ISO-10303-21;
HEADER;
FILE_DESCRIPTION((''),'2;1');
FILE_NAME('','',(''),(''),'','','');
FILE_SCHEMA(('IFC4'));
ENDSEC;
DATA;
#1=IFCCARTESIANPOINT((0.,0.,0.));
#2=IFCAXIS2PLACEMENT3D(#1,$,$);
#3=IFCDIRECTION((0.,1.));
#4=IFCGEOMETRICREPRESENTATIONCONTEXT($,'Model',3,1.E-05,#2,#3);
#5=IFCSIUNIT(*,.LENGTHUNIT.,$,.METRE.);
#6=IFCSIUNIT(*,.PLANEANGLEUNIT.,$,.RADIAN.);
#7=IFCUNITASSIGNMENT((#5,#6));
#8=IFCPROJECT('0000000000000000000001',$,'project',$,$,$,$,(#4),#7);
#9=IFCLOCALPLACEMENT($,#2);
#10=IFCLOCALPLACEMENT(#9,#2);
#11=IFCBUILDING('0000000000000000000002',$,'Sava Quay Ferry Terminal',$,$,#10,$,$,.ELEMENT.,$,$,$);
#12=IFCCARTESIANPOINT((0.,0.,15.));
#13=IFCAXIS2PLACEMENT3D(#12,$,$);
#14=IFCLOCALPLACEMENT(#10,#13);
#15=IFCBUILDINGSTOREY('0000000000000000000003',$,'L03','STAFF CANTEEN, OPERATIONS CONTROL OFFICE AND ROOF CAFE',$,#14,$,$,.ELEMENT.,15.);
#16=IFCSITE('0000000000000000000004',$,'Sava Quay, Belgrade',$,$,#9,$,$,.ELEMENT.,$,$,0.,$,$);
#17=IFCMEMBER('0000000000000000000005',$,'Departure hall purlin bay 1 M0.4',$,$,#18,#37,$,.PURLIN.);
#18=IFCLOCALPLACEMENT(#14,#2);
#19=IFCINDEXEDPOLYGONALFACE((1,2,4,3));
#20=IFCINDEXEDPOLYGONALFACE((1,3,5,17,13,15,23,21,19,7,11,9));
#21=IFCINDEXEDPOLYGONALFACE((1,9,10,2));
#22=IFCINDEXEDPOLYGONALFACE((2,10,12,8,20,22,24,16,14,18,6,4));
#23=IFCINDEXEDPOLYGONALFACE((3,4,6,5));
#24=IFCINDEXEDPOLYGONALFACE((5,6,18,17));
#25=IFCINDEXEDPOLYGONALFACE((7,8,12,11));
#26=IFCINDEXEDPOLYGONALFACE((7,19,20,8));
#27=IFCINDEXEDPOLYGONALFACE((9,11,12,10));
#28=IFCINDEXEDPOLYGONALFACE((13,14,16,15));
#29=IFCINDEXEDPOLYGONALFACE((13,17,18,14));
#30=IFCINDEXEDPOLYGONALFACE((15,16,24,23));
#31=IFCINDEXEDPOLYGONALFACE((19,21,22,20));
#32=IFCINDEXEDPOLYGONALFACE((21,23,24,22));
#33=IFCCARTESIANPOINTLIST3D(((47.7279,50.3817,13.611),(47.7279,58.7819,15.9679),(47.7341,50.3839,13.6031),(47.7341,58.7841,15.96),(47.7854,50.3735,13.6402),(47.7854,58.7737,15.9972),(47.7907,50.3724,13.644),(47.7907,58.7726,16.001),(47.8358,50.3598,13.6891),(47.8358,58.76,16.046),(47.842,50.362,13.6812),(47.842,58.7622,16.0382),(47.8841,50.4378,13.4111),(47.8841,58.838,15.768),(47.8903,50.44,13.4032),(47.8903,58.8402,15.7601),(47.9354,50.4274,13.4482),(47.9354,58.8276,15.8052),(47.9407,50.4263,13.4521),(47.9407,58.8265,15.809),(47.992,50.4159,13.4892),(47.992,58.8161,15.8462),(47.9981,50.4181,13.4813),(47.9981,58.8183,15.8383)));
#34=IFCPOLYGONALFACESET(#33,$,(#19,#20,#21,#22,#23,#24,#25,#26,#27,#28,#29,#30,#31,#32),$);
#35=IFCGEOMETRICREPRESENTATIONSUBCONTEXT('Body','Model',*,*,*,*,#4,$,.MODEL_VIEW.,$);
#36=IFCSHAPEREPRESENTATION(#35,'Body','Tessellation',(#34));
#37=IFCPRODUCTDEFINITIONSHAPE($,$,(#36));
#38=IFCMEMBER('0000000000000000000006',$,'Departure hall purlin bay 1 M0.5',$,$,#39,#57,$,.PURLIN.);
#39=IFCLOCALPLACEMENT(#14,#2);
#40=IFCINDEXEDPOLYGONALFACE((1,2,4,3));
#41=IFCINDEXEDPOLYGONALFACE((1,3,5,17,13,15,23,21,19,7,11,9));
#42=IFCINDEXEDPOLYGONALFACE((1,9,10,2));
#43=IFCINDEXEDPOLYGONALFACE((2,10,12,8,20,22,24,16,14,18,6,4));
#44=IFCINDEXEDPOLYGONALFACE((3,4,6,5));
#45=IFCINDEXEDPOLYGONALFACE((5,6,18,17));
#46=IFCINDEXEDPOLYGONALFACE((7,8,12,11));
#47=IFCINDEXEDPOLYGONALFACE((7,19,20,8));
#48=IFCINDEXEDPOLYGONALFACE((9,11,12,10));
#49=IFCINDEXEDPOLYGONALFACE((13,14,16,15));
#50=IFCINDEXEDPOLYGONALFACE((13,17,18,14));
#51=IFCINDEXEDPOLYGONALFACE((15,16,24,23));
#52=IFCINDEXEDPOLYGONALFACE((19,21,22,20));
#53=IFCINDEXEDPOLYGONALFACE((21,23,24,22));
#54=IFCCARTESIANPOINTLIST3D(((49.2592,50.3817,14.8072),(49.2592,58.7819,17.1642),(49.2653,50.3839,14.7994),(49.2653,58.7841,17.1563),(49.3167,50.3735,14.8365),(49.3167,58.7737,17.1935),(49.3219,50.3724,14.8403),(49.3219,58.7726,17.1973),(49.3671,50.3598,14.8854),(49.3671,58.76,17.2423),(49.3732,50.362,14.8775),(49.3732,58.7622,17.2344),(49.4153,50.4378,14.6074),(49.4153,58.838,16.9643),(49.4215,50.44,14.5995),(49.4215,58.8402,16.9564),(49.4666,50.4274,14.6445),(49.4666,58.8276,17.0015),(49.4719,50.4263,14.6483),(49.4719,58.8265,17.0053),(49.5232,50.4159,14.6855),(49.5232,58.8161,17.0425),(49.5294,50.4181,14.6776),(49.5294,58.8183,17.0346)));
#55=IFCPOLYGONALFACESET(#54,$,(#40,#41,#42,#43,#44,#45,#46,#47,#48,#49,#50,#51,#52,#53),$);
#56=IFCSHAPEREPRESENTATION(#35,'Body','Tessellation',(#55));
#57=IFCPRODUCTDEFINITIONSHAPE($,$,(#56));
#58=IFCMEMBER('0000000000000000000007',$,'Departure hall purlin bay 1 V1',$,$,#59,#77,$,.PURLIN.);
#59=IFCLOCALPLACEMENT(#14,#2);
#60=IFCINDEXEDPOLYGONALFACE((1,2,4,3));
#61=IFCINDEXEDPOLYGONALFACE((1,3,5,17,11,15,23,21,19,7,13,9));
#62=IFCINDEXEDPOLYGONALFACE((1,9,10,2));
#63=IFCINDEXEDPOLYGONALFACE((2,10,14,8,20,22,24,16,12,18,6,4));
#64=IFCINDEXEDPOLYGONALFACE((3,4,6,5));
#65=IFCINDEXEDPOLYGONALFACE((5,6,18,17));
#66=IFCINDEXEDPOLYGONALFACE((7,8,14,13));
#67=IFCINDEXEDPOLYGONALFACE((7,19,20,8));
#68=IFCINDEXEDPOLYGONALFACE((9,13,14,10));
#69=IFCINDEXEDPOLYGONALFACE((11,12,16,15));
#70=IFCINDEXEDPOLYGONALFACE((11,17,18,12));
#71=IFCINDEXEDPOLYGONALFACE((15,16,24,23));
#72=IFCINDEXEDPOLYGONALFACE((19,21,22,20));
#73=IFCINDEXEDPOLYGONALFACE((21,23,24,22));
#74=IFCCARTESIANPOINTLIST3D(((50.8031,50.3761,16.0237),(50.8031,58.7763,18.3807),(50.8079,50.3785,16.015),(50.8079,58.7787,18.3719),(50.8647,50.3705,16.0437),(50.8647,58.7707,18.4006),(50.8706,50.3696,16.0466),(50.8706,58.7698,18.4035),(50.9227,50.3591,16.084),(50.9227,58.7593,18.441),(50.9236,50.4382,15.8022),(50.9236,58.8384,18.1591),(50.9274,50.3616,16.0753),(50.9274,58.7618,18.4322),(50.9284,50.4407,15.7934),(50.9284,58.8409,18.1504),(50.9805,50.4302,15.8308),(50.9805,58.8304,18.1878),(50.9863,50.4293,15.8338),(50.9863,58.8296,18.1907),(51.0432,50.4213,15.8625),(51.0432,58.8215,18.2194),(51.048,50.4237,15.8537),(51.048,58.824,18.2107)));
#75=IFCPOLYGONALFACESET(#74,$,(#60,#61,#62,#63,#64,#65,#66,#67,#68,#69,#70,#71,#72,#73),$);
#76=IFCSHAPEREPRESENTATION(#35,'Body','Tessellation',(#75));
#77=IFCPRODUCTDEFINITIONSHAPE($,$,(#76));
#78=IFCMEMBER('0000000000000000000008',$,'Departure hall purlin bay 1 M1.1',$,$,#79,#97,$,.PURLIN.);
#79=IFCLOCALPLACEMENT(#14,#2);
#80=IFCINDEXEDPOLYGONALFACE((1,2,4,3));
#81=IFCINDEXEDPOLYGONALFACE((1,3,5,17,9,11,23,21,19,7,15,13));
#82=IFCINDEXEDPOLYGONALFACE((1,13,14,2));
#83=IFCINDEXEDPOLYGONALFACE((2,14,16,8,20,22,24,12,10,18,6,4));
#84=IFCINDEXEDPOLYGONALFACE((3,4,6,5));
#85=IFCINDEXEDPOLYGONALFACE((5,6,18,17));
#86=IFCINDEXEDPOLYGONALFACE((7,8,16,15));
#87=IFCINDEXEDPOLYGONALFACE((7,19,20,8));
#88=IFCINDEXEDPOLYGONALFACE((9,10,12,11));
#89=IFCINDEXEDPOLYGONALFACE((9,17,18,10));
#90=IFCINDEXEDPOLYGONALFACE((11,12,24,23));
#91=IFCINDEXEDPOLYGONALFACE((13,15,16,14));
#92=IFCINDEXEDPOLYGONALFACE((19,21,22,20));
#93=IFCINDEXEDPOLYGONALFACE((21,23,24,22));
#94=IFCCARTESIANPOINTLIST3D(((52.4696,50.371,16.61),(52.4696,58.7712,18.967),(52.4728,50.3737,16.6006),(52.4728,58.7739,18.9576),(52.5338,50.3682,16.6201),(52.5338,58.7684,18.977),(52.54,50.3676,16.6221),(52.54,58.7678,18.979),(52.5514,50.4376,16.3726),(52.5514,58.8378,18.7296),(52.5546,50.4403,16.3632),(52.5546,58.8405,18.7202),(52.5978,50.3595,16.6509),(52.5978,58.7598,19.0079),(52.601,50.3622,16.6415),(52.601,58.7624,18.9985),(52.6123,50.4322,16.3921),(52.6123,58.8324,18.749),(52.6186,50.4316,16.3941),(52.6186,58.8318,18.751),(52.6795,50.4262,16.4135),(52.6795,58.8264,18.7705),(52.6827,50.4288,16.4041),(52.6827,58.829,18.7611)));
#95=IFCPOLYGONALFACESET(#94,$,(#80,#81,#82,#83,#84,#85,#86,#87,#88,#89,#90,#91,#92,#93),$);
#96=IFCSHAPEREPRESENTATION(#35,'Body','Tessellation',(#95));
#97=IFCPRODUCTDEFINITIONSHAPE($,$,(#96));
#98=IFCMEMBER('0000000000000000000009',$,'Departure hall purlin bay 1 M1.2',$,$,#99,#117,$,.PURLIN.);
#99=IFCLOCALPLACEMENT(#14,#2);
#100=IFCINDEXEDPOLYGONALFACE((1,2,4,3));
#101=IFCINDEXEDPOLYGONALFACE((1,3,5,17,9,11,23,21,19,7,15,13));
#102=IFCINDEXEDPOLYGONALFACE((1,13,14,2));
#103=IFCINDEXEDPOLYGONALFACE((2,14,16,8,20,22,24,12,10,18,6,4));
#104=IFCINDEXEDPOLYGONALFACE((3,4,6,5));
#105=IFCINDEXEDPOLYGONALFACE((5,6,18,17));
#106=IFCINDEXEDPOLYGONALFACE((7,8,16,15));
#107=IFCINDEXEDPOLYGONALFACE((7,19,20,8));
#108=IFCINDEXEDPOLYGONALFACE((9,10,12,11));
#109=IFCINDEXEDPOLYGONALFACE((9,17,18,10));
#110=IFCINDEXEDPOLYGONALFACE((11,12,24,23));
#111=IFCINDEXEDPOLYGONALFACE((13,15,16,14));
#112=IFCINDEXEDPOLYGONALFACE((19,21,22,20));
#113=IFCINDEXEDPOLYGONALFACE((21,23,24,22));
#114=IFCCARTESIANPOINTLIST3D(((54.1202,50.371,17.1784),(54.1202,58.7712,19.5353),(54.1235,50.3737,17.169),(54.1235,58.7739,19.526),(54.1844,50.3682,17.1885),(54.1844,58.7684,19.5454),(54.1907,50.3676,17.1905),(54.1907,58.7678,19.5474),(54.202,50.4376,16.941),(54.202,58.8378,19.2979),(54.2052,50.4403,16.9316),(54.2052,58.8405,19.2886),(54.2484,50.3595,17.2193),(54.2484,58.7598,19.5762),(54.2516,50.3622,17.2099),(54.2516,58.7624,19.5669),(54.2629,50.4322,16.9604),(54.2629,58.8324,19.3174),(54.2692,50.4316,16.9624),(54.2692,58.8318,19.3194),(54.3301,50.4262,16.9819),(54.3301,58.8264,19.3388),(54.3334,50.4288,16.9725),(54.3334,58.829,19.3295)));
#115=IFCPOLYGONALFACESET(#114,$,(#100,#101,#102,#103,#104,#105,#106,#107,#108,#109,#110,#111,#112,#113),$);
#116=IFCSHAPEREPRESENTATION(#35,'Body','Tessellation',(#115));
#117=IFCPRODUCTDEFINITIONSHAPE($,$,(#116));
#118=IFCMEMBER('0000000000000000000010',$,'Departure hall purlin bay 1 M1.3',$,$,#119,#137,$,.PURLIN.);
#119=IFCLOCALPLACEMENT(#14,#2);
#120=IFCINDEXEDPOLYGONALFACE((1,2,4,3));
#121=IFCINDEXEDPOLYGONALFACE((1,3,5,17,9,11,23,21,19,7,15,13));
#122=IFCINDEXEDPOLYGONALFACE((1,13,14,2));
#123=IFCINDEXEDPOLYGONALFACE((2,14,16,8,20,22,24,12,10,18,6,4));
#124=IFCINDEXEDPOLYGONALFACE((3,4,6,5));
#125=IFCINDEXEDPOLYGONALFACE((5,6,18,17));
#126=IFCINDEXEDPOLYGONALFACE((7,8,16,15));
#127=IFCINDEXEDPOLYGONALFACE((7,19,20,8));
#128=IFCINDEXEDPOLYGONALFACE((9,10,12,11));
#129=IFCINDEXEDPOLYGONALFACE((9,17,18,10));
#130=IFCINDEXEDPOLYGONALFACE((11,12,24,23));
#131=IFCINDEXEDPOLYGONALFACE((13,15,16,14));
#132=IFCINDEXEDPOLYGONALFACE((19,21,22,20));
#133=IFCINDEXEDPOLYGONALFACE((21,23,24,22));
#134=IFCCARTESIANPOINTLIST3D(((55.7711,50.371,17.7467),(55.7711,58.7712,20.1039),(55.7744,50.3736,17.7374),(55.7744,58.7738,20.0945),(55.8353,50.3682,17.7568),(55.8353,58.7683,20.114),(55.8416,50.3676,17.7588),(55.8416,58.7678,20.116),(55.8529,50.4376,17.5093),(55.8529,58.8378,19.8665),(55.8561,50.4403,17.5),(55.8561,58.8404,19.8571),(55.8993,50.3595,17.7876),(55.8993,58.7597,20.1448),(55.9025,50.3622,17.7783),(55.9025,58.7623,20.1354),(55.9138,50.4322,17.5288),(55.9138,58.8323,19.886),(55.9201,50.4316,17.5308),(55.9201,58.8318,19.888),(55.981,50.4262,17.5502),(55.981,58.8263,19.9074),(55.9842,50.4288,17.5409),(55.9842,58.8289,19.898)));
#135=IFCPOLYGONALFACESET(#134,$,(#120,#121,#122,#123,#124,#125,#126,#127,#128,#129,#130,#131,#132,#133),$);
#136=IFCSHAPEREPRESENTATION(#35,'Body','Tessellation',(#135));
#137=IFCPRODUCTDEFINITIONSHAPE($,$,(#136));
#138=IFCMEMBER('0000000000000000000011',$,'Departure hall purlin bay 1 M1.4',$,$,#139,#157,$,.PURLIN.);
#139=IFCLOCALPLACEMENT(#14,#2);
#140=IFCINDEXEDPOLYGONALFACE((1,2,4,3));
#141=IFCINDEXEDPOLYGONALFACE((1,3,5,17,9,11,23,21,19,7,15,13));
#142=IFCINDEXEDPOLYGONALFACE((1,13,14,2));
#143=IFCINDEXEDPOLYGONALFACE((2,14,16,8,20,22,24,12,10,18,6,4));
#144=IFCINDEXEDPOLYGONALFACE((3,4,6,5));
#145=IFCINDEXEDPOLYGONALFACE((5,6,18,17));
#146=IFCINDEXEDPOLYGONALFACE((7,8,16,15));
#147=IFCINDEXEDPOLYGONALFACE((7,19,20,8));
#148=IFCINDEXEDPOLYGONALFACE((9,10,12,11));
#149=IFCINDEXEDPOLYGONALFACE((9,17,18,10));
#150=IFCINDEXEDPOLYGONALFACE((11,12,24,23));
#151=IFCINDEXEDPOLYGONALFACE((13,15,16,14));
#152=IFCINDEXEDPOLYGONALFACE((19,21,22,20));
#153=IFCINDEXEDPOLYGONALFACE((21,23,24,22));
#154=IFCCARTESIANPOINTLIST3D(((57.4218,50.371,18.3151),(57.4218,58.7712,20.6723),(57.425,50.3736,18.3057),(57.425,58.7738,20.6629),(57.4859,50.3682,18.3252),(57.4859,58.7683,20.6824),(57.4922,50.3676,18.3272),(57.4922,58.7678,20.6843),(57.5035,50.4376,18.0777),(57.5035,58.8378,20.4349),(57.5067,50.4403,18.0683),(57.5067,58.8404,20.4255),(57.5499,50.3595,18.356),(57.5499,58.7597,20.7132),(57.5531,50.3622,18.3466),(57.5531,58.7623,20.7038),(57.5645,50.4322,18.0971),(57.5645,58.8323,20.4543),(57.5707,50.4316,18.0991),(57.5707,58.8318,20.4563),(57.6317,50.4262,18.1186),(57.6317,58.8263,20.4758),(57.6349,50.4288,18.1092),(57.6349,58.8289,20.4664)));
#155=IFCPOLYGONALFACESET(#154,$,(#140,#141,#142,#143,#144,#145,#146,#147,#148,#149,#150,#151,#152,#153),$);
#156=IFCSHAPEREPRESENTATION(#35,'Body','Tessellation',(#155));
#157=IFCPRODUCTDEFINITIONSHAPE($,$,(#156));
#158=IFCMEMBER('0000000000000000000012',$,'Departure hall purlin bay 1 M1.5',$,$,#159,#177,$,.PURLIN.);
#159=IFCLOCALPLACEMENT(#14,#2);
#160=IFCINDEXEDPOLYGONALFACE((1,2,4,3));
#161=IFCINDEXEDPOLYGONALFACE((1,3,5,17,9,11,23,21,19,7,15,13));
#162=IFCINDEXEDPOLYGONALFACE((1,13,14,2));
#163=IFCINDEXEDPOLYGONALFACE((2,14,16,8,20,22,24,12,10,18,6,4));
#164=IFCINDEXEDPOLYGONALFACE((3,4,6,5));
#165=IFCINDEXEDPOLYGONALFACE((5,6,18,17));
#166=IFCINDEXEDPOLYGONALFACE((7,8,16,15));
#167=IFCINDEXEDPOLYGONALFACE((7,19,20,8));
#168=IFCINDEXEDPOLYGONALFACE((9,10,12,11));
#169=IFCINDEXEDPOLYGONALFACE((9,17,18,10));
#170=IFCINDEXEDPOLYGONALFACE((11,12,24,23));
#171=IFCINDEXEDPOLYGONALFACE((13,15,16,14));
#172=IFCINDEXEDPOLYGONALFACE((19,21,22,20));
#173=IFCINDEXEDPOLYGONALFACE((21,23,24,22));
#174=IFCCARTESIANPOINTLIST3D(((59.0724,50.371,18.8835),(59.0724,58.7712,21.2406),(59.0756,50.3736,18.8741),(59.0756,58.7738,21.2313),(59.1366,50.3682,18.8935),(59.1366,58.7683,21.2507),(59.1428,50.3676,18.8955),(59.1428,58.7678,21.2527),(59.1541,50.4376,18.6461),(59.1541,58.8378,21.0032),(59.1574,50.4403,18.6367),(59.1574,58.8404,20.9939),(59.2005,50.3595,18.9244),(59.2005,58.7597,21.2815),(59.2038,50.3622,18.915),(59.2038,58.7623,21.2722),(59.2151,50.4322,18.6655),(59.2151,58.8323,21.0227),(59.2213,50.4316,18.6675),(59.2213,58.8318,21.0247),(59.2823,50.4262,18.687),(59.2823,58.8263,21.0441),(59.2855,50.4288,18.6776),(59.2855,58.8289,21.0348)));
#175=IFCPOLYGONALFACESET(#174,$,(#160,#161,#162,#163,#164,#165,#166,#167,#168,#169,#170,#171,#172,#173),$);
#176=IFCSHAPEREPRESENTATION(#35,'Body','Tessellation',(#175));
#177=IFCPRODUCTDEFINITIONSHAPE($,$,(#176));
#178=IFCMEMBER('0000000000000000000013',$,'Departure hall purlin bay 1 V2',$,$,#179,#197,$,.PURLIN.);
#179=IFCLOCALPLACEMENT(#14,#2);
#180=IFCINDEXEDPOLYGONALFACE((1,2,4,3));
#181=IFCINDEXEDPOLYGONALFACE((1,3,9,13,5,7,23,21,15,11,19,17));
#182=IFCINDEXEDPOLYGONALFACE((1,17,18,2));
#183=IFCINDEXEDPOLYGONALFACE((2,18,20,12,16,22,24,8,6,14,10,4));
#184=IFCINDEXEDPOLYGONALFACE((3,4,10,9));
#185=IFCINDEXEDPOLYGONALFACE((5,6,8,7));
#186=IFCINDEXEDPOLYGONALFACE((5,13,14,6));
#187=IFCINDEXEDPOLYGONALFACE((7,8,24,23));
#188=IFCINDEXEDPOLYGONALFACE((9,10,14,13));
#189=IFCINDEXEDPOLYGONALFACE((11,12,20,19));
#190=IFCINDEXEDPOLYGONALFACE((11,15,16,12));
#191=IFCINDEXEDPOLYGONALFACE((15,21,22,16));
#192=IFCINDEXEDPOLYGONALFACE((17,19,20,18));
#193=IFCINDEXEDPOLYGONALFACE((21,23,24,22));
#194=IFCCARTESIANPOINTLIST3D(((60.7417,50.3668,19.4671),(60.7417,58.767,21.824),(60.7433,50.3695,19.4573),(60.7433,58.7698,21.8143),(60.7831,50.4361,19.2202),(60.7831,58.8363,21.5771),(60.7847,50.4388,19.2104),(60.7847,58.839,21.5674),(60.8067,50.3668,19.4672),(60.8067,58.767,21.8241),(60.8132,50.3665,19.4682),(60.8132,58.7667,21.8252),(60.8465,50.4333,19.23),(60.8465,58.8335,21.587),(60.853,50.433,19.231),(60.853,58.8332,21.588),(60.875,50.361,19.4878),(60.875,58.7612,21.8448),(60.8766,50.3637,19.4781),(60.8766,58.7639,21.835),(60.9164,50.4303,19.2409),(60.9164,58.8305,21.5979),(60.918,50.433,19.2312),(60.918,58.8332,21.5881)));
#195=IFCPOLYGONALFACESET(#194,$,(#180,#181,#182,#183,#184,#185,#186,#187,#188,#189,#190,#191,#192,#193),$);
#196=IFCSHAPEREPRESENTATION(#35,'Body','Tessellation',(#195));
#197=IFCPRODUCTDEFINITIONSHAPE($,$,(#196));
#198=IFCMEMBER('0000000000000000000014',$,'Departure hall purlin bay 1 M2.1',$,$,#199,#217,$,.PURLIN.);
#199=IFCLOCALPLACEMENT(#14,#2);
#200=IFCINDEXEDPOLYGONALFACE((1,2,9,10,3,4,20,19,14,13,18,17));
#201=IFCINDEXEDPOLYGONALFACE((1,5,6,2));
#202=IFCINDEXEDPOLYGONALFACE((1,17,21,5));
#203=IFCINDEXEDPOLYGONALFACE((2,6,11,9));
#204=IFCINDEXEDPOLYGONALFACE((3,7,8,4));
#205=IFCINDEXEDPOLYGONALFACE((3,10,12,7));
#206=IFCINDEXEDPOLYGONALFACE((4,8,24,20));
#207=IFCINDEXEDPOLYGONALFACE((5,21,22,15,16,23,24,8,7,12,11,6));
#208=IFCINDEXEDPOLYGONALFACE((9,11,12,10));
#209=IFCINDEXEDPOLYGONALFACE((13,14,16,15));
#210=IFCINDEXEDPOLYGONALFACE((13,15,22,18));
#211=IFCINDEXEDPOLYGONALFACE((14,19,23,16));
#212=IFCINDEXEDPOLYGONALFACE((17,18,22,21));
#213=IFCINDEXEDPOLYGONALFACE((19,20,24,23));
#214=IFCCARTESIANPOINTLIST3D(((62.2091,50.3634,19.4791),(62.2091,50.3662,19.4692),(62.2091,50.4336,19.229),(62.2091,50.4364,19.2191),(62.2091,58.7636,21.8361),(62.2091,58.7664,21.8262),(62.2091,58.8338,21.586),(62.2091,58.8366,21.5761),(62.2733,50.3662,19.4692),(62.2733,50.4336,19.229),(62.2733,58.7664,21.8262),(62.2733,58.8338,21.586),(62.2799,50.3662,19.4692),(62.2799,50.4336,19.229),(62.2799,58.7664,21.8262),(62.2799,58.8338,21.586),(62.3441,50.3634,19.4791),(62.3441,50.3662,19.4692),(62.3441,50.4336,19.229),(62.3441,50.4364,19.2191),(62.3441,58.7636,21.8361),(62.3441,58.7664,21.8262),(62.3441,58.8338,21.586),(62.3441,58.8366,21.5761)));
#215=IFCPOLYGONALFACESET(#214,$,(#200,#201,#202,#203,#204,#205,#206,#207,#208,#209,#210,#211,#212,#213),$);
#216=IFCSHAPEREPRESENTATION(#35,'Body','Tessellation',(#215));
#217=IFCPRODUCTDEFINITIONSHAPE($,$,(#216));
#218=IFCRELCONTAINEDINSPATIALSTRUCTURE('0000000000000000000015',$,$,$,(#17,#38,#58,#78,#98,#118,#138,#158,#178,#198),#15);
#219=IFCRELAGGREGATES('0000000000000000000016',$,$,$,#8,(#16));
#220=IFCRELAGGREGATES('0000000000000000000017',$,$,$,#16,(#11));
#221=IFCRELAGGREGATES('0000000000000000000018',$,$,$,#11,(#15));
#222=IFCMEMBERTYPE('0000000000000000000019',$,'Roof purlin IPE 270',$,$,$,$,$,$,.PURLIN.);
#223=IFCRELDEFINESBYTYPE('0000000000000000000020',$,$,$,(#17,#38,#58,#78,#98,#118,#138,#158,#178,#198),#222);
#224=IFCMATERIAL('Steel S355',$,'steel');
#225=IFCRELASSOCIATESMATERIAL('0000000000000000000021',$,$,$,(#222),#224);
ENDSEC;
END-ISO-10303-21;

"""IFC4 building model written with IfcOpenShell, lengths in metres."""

from ifc_helpers import new_model, si_unit, direction, frame, origin, origin_2d, place, context, subcontext, project, spatial, i_section, extrude, material, material_profile, profile_set, type_object, element, save


model = new_model("IFC4")

# Units and contexts
model_context = context("Model", 3, precision=1e-05, world=origin(), true_north=direction((0.0, 1.0)))
body_context = subcontext(model_context, "Body", "Model", "MODEL_VIEW")
ifc_project = project(units=[si_unit("LENGTHUNIT", "METRE"), si_unit("PLANEANGLEUNIT", "RADIAN")], contexts=[model_context])

# Site, building, storey
site_placement = place(None, origin())
site = spatial("IfcSite", under=ifc_project, at=site_placement, Name="Sava Quay, Belgrade", CompositionType="ELEMENT", RefElevation=0.0)
building_placement = place(site_placement, origin())
building = spatial("IfcBuilding", under=site, at=building_placement, Name="Sava Quay Ferry Terminal", CompositionType="ELEMENT")
storey_placement = place(building_placement, frame((0.0, 0.0, 15.0)))
storey = spatial("IfcBuildingStorey", under=building, at=storey_placement, Name="L03", Description="STAFF CANTEEN, OPERATIONS CONTROL OFFICE AND ROOF CAFE", CompositionType="ELEMENT", Elevation=15.0)

# Members
ifc_material_1 = material(Name="Steel S355", Category="steel")
ifc_material_profile_1 = material_profile(ifc_material_1, i_section(OverallWidth=0.135, OverallDepth=0.27, WebThickness=0.0066, FlangeThickness=0.0103, at=origin_2d()), Name="IPE 270")
ifc_profile_set_1 = profile_set([ifc_material_profile_1], Name="Steel S355")
member_type_1 = type_object("IfcMemberType", Name="Roof purlin IPE 270", PredefinedType="PURLIN", material=ifc_profile_set_1)
for number, where, z_axis, x_axis, name in (
    (1, (47.863, 50.3999, 13.5461), (0.0, 0.962818, 0.27015), (-0.799142, 0.162398, -0.57879), "Departure hall purlin bay 1 M0.4"),
    (2, (49.3943, 50.3999, 14.7424), (0.0, 0.962818, 0.27015), (-0.799142, 0.162398, -0.57879), "Departure hall purlin bay 1 M0.5"),
    (3, (50.9255, 50.3999, 15.9387), (0.0, 0.962818, 0.27015), (-0.885826, 0.125354, -0.446764), "Departure hall purlin bay 1 V1"),
    (4, (52.5762, 50.3999, 16.5071), (0.0, 0.962818, 0.27015), (-0.949197, 0.085011, -0.302981), "Departure hall purlin bay 1 M1.1"),
    (5, (54.2268, 50.3999, 17.0754), (0.0, 0.962818, 0.27015), (-0.949197, 0.085011, -0.302981), "Departure hall purlin bay 1 M1.2"),
    (6, (55.8777, 50.3999, 17.6438), (0.0, 0.962811, 0.270176), (-0.949197, 0.085019, -0.302979), "Departure hall purlin bay 1 M1.3"),
    (7, (57.5283, 50.3999, 18.2122), (0.0, 0.962811, 0.270176), (-0.949197, 0.085019, -0.302979), "Departure hall purlin bay 1 M1.4"),
    (8, (59.179, 50.3999, 18.7805), (0.0, 0.962811, 0.270176), (-0.949197, 0.085019, -0.302979), "Departure hall purlin bay 1 M1.5"),
    (9, (60.8298, 50.3999, 19.3491), (0.0, 0.962818, 0.27015), (-0.987218, 0.043056, -0.153452), "Departure hall purlin bay 1 V2"),
    (10, (62.2766, 50.3999, 19.3491), (0.0, 0.962818, 0.27015), (-1.0, 0.0, 0.0), "Departure hall purlin bay 1 M2.1"),
):
    element("IfcMember", number, at=place(storey_placement, frame(where, z_axis=z_axis, x_axis=x_axis)), inside=storey, type_object=member_type_1, Name=name, PredefinedType="PURLIN", context=body_context, shape_type="SweptSolid", body=[
        extrude(i_section(OverallWidth=0.135, OverallDepth=0.27, WebThickness=0.0066, FlangeThickness=0.0103, at=origin_2d()), origin(), (0.0, 0.0, 1.0), 8.7246),
    ])

save(model, "model.ifc")
